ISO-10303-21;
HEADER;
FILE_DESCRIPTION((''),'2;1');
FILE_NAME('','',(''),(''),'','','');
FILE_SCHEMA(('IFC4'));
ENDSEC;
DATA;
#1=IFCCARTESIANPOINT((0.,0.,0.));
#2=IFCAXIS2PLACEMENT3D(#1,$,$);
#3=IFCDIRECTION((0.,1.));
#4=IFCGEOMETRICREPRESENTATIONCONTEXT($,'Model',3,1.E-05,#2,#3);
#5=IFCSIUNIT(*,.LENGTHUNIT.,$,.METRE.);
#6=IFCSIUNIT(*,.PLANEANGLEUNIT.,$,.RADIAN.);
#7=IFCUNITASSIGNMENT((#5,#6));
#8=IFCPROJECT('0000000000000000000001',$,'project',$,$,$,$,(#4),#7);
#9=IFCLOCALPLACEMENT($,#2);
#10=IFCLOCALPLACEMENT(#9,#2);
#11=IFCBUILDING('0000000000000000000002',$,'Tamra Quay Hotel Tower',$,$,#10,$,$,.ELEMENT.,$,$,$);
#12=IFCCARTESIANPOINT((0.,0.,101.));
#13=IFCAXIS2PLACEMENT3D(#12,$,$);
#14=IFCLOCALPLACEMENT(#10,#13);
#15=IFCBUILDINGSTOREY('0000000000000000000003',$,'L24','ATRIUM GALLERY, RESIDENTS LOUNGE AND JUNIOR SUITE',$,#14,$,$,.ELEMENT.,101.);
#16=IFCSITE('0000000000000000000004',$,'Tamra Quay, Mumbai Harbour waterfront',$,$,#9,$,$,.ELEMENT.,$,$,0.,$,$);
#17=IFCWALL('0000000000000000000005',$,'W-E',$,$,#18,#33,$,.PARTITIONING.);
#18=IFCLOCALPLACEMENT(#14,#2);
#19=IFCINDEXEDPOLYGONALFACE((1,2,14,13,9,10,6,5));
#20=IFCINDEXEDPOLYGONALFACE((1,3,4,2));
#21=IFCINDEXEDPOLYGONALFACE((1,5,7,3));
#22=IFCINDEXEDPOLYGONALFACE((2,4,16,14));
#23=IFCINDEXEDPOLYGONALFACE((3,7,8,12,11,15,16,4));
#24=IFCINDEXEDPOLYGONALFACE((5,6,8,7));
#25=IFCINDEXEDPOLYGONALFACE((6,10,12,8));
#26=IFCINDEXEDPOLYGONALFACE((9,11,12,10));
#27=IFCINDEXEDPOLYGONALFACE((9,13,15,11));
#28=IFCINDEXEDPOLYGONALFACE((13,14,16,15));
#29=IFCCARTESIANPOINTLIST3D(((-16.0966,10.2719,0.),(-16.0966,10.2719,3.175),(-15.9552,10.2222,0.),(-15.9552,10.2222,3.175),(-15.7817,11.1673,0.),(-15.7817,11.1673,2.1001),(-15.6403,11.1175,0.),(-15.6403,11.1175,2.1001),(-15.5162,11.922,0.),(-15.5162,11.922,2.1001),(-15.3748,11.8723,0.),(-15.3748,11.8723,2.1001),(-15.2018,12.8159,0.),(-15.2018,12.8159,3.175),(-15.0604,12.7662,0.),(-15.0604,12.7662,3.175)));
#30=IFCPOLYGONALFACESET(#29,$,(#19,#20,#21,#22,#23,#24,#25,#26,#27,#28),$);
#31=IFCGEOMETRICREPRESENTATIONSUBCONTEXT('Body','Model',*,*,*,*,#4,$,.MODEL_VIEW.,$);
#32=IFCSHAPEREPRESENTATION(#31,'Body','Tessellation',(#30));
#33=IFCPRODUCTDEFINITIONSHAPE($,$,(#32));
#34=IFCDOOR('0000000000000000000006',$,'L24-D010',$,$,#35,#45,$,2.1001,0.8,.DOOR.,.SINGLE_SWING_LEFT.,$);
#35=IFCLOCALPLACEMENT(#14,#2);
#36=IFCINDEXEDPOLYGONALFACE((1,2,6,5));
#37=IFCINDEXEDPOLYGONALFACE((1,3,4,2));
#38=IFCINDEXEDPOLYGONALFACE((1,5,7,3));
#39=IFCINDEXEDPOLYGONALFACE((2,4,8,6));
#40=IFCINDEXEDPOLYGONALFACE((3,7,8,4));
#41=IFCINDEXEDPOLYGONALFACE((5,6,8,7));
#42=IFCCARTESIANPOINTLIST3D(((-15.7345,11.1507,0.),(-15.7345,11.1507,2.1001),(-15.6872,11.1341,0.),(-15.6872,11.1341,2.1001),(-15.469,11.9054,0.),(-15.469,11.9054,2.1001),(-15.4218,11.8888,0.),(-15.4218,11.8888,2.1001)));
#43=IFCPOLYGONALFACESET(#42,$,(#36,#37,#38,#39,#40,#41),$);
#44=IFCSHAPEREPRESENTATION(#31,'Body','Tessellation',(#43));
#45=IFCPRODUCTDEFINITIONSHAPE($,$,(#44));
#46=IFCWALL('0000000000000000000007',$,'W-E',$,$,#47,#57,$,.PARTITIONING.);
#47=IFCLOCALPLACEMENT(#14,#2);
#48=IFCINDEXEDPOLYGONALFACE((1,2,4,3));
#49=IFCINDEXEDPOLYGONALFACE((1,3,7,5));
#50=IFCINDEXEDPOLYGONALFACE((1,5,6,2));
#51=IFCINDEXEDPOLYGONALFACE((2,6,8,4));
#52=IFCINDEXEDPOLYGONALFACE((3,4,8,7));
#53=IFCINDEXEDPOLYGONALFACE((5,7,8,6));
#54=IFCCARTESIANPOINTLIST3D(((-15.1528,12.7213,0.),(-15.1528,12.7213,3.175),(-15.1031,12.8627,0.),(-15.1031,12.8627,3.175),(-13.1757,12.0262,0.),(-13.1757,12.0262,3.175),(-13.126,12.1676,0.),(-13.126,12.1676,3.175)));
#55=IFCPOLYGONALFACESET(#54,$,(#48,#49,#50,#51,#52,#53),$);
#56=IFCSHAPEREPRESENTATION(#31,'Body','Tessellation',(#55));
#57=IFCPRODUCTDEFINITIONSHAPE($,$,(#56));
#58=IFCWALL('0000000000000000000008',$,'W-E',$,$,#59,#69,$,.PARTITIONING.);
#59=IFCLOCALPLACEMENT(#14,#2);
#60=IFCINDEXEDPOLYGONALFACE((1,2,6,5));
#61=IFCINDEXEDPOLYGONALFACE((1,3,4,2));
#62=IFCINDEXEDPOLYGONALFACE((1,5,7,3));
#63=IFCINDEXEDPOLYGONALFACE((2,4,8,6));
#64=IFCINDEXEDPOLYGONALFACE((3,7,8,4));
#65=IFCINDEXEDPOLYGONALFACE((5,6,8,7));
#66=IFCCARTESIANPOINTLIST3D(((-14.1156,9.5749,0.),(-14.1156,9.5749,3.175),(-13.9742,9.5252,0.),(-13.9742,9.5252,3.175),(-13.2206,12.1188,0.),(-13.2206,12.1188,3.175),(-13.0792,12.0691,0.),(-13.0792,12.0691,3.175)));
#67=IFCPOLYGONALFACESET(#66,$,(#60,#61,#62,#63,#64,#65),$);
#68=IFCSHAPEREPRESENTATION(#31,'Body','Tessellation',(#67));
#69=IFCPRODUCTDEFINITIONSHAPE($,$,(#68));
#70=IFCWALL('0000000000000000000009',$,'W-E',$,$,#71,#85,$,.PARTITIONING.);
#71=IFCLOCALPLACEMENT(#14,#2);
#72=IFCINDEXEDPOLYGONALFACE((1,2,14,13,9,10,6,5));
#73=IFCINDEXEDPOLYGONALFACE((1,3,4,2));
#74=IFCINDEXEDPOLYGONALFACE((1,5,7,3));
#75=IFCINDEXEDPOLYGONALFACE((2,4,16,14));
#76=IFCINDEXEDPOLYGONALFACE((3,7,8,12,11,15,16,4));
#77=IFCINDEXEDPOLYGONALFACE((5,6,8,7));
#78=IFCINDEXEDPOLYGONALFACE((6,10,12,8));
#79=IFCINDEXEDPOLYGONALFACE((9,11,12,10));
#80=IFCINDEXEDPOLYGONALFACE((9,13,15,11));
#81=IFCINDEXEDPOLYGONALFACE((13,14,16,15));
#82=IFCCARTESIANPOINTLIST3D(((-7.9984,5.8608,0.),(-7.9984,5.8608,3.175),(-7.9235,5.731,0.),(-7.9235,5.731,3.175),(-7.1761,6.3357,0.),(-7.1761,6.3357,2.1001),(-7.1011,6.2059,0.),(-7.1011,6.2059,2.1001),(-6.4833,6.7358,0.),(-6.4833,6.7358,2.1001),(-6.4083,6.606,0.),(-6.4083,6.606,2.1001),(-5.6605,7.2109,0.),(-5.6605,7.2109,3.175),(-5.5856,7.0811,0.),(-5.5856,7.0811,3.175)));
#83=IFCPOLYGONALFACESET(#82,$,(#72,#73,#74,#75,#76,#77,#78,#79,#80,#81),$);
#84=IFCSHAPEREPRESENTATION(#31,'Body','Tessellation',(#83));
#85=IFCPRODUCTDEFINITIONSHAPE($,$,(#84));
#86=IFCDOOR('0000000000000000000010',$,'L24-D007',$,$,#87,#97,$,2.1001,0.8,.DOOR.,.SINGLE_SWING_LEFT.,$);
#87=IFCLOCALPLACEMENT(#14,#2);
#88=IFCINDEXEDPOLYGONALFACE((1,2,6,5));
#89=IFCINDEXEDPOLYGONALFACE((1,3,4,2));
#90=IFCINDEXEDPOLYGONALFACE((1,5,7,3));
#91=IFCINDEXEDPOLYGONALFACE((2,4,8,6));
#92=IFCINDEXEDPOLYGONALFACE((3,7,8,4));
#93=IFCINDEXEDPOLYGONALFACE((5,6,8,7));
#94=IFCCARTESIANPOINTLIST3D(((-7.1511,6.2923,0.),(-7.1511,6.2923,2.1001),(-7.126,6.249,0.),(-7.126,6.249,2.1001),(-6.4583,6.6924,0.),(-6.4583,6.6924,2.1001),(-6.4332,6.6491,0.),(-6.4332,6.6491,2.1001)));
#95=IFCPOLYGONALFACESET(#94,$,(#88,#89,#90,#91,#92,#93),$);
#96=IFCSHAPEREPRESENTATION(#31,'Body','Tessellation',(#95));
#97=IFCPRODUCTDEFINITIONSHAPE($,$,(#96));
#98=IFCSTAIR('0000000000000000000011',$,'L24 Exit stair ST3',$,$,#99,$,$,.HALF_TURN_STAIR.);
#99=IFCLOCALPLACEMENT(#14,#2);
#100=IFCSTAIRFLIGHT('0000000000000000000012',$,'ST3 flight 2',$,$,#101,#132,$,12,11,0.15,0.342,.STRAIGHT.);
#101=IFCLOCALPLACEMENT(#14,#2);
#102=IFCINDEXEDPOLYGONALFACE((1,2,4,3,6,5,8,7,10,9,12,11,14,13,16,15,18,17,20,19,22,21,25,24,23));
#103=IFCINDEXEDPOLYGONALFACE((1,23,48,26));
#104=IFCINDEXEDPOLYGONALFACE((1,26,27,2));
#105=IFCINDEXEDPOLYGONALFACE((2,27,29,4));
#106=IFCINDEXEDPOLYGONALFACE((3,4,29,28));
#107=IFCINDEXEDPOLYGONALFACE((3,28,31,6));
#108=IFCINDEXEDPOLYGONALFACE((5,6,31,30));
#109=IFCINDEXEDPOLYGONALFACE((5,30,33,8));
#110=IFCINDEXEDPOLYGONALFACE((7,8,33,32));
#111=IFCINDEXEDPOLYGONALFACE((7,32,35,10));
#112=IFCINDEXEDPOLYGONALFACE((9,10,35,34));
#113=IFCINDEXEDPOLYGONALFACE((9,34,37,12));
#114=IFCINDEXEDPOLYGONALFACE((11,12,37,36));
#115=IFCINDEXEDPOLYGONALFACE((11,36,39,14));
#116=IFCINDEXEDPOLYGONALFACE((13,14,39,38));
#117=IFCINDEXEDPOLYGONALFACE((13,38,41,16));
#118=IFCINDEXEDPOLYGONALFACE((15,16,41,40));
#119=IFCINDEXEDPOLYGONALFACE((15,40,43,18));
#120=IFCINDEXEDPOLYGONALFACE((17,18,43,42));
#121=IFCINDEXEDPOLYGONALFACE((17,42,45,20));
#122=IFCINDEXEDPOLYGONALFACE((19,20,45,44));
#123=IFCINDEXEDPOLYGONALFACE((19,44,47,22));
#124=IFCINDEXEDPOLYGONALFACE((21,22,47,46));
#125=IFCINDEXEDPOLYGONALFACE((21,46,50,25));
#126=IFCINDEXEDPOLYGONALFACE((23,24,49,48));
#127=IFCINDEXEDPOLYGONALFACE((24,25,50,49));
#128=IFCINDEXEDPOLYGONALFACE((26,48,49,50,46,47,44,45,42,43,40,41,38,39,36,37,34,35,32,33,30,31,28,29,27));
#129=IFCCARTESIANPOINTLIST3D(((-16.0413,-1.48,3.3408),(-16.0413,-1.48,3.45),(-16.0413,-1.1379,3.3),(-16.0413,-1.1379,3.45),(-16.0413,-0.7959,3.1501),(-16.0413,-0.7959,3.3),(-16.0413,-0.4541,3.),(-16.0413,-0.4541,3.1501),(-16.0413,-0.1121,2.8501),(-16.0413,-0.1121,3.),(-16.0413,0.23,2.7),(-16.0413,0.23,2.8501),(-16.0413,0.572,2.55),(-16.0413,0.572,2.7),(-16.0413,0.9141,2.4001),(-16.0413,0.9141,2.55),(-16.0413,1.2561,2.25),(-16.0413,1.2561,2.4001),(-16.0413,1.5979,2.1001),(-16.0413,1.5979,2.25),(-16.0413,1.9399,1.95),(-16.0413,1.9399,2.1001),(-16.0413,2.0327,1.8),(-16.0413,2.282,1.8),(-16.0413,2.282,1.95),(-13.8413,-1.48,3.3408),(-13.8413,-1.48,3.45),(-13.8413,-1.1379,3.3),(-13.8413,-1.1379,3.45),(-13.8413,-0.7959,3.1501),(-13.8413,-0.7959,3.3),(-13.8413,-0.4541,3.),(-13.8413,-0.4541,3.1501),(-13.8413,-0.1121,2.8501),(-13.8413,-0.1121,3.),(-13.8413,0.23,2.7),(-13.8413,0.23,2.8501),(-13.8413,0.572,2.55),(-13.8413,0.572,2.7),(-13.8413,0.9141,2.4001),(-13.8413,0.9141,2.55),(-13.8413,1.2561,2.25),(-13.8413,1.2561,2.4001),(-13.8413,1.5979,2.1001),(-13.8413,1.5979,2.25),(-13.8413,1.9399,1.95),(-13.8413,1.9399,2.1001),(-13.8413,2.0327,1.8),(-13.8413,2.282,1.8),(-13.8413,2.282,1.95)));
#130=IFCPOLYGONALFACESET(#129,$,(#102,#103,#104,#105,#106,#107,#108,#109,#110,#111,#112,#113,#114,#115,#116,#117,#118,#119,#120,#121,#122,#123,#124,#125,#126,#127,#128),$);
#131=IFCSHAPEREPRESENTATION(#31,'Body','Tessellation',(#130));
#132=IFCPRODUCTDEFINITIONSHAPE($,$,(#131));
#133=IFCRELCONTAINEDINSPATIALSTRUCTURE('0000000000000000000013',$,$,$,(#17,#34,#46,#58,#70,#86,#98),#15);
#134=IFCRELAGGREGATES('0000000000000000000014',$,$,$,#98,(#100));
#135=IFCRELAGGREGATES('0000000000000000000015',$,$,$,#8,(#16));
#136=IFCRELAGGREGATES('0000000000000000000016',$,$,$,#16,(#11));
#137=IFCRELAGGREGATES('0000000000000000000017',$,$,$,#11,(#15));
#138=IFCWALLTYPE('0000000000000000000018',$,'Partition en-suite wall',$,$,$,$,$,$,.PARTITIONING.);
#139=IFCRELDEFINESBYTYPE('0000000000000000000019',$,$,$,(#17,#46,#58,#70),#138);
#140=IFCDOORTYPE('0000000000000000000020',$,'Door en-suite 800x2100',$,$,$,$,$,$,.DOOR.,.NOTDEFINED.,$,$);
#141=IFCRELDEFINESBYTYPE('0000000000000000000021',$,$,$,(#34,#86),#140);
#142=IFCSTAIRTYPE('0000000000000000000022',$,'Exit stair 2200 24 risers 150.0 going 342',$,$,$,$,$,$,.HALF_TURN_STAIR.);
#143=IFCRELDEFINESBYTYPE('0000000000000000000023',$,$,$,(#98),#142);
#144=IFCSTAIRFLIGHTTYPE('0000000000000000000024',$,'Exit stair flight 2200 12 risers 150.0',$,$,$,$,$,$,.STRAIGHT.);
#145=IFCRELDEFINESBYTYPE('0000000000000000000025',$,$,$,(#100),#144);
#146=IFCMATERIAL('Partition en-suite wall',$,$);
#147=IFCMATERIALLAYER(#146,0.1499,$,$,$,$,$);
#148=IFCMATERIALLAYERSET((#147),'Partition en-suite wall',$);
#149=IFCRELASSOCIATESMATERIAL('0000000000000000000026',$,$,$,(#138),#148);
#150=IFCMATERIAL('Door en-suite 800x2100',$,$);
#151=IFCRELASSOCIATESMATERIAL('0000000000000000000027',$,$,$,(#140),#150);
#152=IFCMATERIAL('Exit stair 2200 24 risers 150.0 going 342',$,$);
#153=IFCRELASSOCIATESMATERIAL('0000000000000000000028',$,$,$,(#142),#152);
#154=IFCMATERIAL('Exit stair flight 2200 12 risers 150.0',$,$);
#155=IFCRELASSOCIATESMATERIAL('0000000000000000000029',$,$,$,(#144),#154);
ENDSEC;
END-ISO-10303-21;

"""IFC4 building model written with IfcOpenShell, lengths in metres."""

from ifc_helpers import new_model, si_unit, direction, frame, frame_2d, origin, place, context, subcontext, project, spatial, polyline, rectangle, outline, extrude, material, layer, layer_set, type_object, element, fill, aggregate, save


model = new_model("IFC4")

# Units and contexts
model_context = context("Model", 3, precision=1e-05, world=origin(), true_north=direction((0.0, 1.0)))
body_context = subcontext(model_context, "Body", "Model", "MODEL_VIEW")
ifc_project = project(units=[si_unit("LENGTHUNIT", "METRE"), si_unit("PLANEANGLEUNIT", "RADIAN")], contexts=[model_context])

# Site, building, storey
site_placement = place(None, origin())
site = spatial("IfcSite", under=ifc_project, at=site_placement, Name="Tamra Quay, Mumbai Harbour waterfront", CompositionType="ELEMENT", RefElevation=0.0)
building_placement = place(site_placement, origin())
building = spatial("IfcBuilding", under=site, at=building_placement, Name="Tamra Quay Hotel Tower", CompositionType="ELEMENT")
storey_placement = place(building_placement, frame((0.0, 0.0, 101.0)))
storey = spatial("IfcBuildingStorey", under=building, at=storey_placement, Name="L24", Description="ATRIUM GALLERY, RESIDENTS LOUNGE AND JUNIOR SUITE", CompositionType="ELEMENT", Elevation=101.0)

# Wall, opening, door
ifc_material_1 = material(Name="Partition en-suite wall")
ifc_layer_1 = layer(ifc_material_1, 0.1499)
ifc_layer_set_1 = layer_set([ifc_layer_1], Name="Partition en-suite wall")
wall_type_1 = type_object("IfcWallType", Name="Partition en-suite wall", PredefinedType="PARTITIONING", material=ifc_layer_set_1)
wall_1_placement = place(storey_placement, frame((-16.0259, 10.2471, 0.0), z_axis=(0.0, 0.0, 1.0), x_axis=(0.331802, 0.943349, 0.0)))
wall_1 = element("IfcWall", 1, at=wall_1_placement, inside=storey, type_object=wall_type_1, Name="W-E", PredefinedType="PARTITIONING", context=body_context, shape_type="SweptSolid", body=[
    extrude(rectangle(XDim=2.6968, YDim=0.1499, at=frame_2d((1.3484, 0.0))), origin(), (0.0, 0.0, 1.0), 3.175),
])
opening_1_placement = place(wall_1_placement, frame((0.9492, 0.0, 0.0)))
opening_1 = element("IfcOpeningElement", 2, at=opening_1_placement, cuts=wall_1, PredefinedType="OPENING", context=body_context, shape_type="SweptSolid", body=[
    extrude(rectangle(XDim=0.8, YDim=2.1001, at=frame_2d((0.3999, 1.05))), frame((0.0, 0.085, 0.0), z_axis=(0.0, -1.0, 0.0), x_axis=(1.0, 0.0, 0.0)), (0.0, 0.0, 1.0), 0.1699),
])
ifc_material_2 = material(Name="Door en-suite 800x2100")
door_type_1 = type_object("IfcDoorType", Name="Door en-suite 800x2100", OperationType="NOTDEFINED", PredefinedType="DOOR", material=ifc_material_2)
door_1_placement = place(opening_1_placement, origin())
door_1 = element("IfcDoor", 3, at=door_1_placement, inside=storey, type_object=door_type_1, Name="L24-D010", OperationType="SINGLE_SWING_LEFT", OverallHeight=2.1001, OverallWidth=0.8, PredefinedType="DOOR", context=body_context, shape_type="SweptSolid", body=[
    extrude(rectangle(XDim=0.8, YDim=2.1001, at=frame_2d((0.3999, 1.05))), frame((0.0, 0.0249, 0.0), z_axis=(0.0, -1.0, 0.0), x_axis=(1.0, 0.0, 0.0)), (0.0, 0.0, 1.0), 0.05),
])
fill(opening_1, door_1)

# Walls
wall_2_placement = place(storey_placement, frame((-15.1279, 12.792, 0.0), z_axis=(0.0, 0.0, 1.0), x_axis=(0.943396, -0.331668, 0.0)))
element("IfcWall", 4, at=wall_2_placement, inside=storey, type_object=wall_type_1, Name="W-E", PredefinedType="PARTITIONING", context=body_context, shape_type="SweptSolid", body=[
    extrude(rectangle(XDim=2.0957, YDim=0.1499, at=frame_2d((1.0479, 0.0))), origin(), (0.0, 0.0, 1.0), 3.175),
])
wall_3_placement = place(storey_placement, frame((-14.0449, 9.55, 0.0), z_axis=(0.0, 0.0, 1.0), x_axis=(0.331882, 0.943321, 0.0)))
element("IfcWall", 5, at=wall_3_placement, inside=storey, type_object=wall_type_1, Name="W-E", PredefinedType="PARTITIONING", context=body_context, shape_type="SweptSolid", body=[
    extrude(rectangle(XDim=2.6968, YDim=0.1499, at=frame_2d((1.3484, 0.0))), origin(), (0.0, 0.0, 1.0), 3.175),
])

# Wall, opening, door
wall_4_placement = place(storey_placement, frame((-7.9609, 5.7959, 0.0), z_axis=(0.0, 0.0, 1.0), x_axis=(0.865975, 0.500088, 0.0)))
wall_4 = element("IfcWall", 6, at=wall_4_placement, inside=storey, type_object=wall_type_1, Name="W-E", PredefinedType="PARTITIONING", context=body_context, shape_type="SweptSolid", body=[
    extrude(rectangle(XDim=2.6997, YDim=0.1499, at=frame_2d((1.3499, 0.0))), origin(), (0.0, 0.0, 1.0), 3.175),
])
opening_2_placement = place(wall_4_placement, frame((0.9497, 0.0, 0.0)))
opening_2 = element("IfcOpeningElement", 7, at=opening_2_placement, cuts=wall_4, PredefinedType="OPENING", context=body_context, shape_type="SweptSolid", body=[
    extrude(rectangle(XDim=0.8, YDim=2.1001, at=frame_2d((0.3999, 1.05))), frame((0.0, 0.085, 0.0), z_axis=(0.0, -1.0, 0.0), x_axis=(1.0, 0.0, 0.0)), (0.0, 0.0, 1.0), 0.1699),
])
door_2_placement = place(opening_2_placement, origin())
door_2 = element("IfcDoor", 8, at=door_2_placement, inside=storey, type_object=door_type_1, Name="L24-D007", OperationType="SINGLE_SWING_LEFT", OverallHeight=2.1001, OverallWidth=0.8, PredefinedType="DOOR", context=body_context, shape_type="SweptSolid", body=[
    extrude(rectangle(XDim=0.8, YDim=2.1001, at=frame_2d((0.3999, 1.05))), frame((0.0, 0.0249, 0.0), z_axis=(0.0, -1.0, 0.0), x_axis=(1.0, 0.0, 0.0)), (0.0, 0.0, 1.0), 0.05),
])
fill(opening_2, door_2)

# Stair, stair flight
ifc_material_3 = material(Name="Exit stair 2200 24 risers 150.0 going 342")
stair_type = type_object("IfcStairType", Name="Exit stair 2200 24 risers 150.0 going 342", PredefinedType="HALF_TURN_STAIR", material=ifc_material_3)
stair_placement = place(storey_placement, origin())
stair = element("IfcStair", 9, at=stair_placement, inside=storey, type_object=stair_type, Name="L24 Exit stair ST3", PredefinedType="HALF_TURN_STAIR")
ifc_material_4 = material(Name="Exit stair flight 2200 12 risers 150.0")
stair_flight_type = type_object("IfcStairFlightType", Name="Exit stair flight 2200 12 risers 150.0", PredefinedType="STRAIGHT", material=ifc_material_4)
stair_flight_placement = place(storey_placement, frame((-14.9414, 2.282, 1.8), z_axis=(0.0, 0.0, 1.0), x_axis=(0.0, -1.0, 0.0)))
stair_flight = element("IfcStairFlight", 10, at=stair_flight_placement, type_object=stair_flight_type, Name="ST3 flight 2", NumberOfRisers=12, NumberOfTreads=11, PredefinedType="STRAIGHT", RiserHeight=0.15, TreadLength=0.342, context=body_context, shape_type="SweptSolid", body=[
    extrude(outline(polyline([(0.0, 0.0), (0.0, 0.1499), (0.342, 0.1499), (0.342, 0.3), (0.6841, 0.3), (0.6841, 0.45), (1.0259, 0.45), (1.0259, 0.6001), (1.3679, 0.6001), (1.3679, 0.75), (1.71, 0.75), (1.71, 0.8999), (2.052, 0.8999), (2.052, 1.05), (2.394, 1.05), (2.394, 1.2), (2.7361, 1.2), (2.7361, 1.3501), (3.0779, 1.3501), (3.0779, 1.5), (3.4199, 1.5), (3.4199, 1.6499), (3.762, 1.6499), (3.762, 1.8), (3.762, 1.5408), (0.2493, 0.0), (0.0, 0.0)])), frame((0.0, 1.1001, 0.0), z_axis=(0.0, -1.0, 0.0), x_axis=(1.0, 0.0, 0.0)), (0.0, 0.0, 1.0), 2.2),
])
aggregate(stair, [stair_flight])

save(model, "model.ifc")
